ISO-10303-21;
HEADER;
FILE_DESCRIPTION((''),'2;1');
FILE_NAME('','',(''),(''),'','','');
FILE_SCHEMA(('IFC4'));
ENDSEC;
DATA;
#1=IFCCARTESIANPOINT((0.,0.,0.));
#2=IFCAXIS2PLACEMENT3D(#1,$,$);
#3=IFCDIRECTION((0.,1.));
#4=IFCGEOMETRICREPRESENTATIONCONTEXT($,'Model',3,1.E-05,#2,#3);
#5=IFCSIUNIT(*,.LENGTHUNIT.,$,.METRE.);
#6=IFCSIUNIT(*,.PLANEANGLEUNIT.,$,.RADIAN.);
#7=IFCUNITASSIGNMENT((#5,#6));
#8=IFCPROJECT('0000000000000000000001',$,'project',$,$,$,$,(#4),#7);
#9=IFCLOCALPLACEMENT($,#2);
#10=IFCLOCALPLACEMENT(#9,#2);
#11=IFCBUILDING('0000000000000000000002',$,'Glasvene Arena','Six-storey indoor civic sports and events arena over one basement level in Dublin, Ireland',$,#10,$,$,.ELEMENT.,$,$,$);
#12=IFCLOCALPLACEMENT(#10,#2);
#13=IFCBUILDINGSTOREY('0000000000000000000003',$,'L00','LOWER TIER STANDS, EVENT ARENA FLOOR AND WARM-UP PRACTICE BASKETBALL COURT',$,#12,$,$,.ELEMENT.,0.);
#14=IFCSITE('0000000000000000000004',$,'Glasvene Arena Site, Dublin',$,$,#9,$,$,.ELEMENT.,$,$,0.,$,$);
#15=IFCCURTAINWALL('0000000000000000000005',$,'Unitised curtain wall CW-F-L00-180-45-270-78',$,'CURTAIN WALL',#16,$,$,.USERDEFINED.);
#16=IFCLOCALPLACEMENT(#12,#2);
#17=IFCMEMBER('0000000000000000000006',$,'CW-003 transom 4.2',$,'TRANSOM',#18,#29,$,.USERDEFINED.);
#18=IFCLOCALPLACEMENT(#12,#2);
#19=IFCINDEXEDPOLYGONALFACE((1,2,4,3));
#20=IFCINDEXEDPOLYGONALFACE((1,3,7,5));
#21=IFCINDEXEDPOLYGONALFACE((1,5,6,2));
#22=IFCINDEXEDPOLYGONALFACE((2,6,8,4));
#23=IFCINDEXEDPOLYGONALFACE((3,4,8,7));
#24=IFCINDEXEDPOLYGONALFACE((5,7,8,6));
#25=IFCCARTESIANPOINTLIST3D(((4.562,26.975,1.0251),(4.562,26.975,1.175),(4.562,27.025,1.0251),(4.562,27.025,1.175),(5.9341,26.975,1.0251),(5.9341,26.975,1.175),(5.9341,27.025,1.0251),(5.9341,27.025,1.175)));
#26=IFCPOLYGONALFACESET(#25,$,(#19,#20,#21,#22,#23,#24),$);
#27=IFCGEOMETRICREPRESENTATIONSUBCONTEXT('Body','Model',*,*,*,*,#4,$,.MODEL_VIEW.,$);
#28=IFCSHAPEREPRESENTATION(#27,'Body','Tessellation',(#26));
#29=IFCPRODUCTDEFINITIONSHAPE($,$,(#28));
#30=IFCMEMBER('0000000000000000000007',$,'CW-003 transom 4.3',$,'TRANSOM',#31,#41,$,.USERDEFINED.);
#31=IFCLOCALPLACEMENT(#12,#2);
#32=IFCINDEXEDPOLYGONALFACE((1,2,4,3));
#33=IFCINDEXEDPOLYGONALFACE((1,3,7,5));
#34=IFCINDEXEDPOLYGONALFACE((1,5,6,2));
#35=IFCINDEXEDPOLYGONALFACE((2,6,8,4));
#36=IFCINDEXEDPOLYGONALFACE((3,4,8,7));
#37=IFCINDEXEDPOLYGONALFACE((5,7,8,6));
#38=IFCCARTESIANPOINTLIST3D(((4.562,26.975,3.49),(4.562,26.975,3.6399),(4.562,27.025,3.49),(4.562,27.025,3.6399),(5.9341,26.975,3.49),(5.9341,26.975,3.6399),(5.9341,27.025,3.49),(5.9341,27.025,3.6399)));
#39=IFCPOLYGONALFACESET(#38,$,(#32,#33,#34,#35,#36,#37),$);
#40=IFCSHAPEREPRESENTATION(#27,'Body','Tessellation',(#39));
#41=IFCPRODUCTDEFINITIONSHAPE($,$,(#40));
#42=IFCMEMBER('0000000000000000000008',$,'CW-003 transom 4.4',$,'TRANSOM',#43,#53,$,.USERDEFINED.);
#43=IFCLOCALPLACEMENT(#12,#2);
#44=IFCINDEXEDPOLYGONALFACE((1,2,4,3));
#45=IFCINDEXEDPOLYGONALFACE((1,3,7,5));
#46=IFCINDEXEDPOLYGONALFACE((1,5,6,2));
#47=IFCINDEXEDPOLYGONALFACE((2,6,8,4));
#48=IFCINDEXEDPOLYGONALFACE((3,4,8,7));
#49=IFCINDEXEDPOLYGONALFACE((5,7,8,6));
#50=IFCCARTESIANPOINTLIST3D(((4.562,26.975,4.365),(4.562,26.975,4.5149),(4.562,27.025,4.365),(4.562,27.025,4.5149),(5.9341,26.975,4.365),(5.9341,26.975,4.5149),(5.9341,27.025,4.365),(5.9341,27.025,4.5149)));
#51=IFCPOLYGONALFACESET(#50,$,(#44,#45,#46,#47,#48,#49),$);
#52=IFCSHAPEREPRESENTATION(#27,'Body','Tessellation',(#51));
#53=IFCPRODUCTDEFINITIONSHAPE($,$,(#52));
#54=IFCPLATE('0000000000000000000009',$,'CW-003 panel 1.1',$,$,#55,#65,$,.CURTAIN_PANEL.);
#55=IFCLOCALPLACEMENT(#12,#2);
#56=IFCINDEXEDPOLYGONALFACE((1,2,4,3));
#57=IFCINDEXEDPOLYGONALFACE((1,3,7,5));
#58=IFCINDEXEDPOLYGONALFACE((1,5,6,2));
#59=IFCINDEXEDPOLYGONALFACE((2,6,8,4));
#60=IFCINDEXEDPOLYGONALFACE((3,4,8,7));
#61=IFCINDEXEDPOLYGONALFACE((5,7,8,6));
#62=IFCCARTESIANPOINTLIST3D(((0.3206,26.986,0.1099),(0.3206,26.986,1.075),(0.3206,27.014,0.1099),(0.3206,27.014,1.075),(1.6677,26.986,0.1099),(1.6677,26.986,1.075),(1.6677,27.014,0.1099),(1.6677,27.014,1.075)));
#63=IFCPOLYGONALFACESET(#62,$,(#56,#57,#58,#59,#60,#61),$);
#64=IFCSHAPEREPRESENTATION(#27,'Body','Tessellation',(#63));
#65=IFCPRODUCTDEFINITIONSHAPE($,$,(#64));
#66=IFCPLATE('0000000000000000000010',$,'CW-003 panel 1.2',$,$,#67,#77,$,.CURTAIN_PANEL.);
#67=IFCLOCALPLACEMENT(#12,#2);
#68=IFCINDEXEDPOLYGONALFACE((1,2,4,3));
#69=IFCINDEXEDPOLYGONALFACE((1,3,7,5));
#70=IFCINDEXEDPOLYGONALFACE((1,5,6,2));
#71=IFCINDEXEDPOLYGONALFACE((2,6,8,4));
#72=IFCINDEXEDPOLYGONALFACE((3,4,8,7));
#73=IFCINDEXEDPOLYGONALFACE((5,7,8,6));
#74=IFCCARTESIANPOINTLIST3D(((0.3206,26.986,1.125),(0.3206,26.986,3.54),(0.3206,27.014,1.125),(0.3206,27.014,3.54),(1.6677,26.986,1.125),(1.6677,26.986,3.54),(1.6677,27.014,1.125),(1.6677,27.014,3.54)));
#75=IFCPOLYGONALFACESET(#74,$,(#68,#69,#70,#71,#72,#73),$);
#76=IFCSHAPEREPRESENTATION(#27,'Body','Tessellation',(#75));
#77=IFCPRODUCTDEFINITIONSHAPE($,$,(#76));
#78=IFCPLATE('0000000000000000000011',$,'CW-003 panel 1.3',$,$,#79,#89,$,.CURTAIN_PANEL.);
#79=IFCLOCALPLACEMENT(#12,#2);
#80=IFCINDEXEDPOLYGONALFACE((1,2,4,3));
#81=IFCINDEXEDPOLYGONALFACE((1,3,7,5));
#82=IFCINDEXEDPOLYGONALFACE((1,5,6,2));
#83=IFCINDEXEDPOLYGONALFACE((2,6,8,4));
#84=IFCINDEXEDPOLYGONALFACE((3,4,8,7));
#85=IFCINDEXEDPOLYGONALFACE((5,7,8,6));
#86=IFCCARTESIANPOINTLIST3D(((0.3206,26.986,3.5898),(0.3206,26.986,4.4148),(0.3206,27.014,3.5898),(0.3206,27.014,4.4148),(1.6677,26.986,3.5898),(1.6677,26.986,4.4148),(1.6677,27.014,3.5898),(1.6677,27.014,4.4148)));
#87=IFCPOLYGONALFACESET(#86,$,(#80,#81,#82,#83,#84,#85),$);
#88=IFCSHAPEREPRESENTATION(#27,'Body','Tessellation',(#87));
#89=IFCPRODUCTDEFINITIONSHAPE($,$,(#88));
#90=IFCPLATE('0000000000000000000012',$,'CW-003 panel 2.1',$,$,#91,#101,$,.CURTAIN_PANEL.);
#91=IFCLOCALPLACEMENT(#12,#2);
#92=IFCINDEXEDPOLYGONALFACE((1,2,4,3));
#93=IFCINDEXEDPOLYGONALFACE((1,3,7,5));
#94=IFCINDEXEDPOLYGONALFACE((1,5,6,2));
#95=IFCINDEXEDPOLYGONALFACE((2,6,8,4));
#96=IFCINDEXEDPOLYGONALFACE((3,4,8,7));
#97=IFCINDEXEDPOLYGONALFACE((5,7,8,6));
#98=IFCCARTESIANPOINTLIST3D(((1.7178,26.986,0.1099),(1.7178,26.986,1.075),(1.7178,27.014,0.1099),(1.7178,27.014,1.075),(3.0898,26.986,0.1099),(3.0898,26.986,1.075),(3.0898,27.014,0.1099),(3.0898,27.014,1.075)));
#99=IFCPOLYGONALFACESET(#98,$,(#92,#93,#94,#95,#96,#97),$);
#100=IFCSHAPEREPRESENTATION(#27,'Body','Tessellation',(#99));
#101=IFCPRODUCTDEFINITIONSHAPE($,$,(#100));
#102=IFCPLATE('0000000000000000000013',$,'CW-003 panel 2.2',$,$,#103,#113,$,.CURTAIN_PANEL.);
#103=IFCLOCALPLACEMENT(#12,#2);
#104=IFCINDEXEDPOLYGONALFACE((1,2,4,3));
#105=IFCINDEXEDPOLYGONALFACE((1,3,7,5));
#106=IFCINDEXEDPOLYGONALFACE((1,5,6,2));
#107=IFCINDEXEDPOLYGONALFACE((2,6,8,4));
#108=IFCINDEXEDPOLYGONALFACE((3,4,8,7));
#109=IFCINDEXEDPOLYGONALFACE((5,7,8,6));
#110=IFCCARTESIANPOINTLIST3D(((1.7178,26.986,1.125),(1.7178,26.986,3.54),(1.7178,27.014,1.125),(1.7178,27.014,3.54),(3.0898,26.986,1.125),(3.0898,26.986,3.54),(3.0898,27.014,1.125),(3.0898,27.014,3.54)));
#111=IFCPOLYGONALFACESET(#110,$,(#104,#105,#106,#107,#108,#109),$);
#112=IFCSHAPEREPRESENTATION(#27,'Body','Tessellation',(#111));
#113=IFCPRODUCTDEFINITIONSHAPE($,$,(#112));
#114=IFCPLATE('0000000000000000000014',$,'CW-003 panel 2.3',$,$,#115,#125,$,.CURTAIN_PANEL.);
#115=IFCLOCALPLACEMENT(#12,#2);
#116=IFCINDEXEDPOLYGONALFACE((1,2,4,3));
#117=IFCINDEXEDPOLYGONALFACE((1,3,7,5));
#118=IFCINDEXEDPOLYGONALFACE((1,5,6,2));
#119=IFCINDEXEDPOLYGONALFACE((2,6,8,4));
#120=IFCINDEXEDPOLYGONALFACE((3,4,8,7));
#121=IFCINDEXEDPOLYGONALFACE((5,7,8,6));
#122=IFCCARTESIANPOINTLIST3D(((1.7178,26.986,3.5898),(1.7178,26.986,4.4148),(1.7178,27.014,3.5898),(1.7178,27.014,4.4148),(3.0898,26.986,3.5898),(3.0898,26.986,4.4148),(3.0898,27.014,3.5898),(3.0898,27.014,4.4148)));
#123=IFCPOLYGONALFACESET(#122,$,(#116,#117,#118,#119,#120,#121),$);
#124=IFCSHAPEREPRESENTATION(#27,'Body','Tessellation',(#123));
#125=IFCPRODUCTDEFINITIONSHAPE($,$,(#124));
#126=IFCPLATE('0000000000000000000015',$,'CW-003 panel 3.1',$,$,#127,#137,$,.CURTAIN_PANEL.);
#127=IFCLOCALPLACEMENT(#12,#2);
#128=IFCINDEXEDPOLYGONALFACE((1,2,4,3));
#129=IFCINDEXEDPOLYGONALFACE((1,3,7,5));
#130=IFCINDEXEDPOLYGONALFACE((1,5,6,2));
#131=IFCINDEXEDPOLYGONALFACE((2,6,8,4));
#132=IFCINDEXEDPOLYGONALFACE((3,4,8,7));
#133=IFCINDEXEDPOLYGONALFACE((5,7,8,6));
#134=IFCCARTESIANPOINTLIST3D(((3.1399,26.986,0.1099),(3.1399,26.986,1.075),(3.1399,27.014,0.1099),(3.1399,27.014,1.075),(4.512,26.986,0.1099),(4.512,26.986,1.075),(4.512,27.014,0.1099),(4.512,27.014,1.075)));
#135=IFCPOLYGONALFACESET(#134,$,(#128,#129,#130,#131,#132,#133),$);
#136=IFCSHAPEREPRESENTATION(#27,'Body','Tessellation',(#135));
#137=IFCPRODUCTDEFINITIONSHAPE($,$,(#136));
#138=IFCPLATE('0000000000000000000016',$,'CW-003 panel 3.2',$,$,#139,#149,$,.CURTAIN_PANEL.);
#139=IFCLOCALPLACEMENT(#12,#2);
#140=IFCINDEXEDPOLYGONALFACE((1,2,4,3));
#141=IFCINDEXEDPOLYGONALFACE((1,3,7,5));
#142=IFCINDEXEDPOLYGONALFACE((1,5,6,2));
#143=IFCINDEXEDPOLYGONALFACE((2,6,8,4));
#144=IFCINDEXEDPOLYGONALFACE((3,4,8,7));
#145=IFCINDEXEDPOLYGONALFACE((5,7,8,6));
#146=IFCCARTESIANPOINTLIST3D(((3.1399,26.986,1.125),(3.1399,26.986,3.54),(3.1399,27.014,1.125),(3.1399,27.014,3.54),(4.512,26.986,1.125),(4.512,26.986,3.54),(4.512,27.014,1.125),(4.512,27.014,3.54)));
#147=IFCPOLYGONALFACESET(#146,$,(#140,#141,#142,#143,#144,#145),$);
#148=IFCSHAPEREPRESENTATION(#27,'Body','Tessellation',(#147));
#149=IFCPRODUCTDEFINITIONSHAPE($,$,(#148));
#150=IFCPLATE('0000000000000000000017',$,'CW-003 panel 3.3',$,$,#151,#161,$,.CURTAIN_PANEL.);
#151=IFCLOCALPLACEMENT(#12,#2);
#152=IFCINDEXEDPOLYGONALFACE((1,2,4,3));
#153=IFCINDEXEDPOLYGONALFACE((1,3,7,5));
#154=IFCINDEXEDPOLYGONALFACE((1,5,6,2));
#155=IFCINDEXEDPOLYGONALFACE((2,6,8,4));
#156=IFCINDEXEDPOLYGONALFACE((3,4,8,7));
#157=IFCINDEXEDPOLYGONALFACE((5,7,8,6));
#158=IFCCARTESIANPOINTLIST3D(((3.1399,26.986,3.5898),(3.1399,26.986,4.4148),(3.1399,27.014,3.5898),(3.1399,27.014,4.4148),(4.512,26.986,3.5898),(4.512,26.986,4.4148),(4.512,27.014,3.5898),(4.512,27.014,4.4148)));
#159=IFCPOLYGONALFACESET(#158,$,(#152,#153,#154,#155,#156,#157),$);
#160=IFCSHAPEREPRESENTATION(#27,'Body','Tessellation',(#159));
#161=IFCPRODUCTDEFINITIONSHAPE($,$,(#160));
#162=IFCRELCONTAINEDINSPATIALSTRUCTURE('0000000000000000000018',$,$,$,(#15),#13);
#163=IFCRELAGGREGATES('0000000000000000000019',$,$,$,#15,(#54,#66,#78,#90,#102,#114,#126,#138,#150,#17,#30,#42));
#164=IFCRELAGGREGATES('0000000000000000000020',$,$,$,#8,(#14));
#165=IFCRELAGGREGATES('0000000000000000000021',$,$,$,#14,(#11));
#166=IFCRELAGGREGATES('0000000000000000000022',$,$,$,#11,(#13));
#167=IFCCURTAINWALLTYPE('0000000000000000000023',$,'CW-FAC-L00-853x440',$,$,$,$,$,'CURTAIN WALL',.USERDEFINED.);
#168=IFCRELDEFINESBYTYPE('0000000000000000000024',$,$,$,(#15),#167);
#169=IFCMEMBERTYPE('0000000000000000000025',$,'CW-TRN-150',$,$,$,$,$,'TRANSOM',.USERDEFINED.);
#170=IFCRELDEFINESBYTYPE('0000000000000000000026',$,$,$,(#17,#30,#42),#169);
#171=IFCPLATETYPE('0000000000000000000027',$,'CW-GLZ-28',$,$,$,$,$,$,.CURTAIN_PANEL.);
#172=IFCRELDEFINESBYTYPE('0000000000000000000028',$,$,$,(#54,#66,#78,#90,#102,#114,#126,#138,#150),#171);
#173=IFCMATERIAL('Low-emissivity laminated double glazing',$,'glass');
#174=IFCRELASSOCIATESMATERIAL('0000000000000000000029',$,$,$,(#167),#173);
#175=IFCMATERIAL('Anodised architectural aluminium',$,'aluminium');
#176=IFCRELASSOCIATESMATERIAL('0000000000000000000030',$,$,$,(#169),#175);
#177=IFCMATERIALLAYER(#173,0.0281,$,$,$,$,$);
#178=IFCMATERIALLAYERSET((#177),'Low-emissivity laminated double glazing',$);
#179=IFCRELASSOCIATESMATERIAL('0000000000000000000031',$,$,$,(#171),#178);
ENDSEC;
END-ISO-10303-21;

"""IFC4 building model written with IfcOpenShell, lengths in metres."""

from ifc_helpers import new_model, si_unit, direction, frame, origin, origin_2d, place, context, subcontext, project, spatial, rectangle, extrude, material, layer, layer_set, material_profile, profile_set, type_object, element, aggregate, save


model = new_model("IFC4")

# Units and contexts
model_context = context("Model", 3, precision=1e-05, world=origin(), true_north=direction((0.0, 1.0)))
body_context = subcontext(model_context, "Body", "Model", "MODEL_VIEW")
ifc_project = project(units=[si_unit("LENGTHUNIT", "METRE"), si_unit("PLANEANGLEUNIT", "RADIAN")], contexts=[model_context])

# Site, building, storey
site_placement = place(None, origin())
site = spatial("IfcSite", under=ifc_project, at=site_placement, Name="Glasvene Arena Site, Dublin", CompositionType="ELEMENT", RefElevation=0.0)
building_placement = place(site_placement, origin())
building = spatial("IfcBuilding", under=site, at=building_placement, Name="Glasvene Arena", Description="Six-storey indoor civic sports and events arena over one basement level in Dublin, Ireland", CompositionType="ELEMENT")
storey_placement = place(building_placement, origin())
storey = spatial("IfcBuildingStorey", under=building, at=storey_placement, Name="L00", Description="LOWER TIER STANDS, EVENT ARENA FLOOR AND WARM-UP PRACTICE BASKETBALL COURT", CompositionType="ELEMENT", Elevation=0.0)

# Curtain wall, members, plates
ifc_material_1 = material(Name="Low-emissivity laminated double glazing", Category="glass")
curtain_wall_type = type_object("IfcCurtainWallType", Name="CW-FAC-L00-853x440", ElementType="CURTAIN WALL", PredefinedType="USERDEFINED", material=ifc_material_1)
curtain_wall_placement = place(storey_placement, frame((0.2705, 27.0, 0.0)))
curtain_wall = element("IfcCurtainWall", 1, at=curtain_wall_placement, inside=storey, type_object=curtain_wall_type, Name="Unitised curtain wall CW-F-L00-180-45-270-78", ObjectType="CURTAIN WALL", PredefinedType="USERDEFINED")
ifc_material_2 = material(Name="Anodised architectural aluminium", Category="aluminium")
ifc_material_profile_1 = material_profile(ifc_material_2, rectangle(XDim=0.05, YDim=0.1499, at=origin_2d()), Name="ALU TRANSOM 50x150")
ifc_profile_set_1 = profile_set([ifc_material_profile_1], Name="Anodised architectural aluminium")
member_type_1 = type_object("IfcMemberType", Name="CW-TRN-150", ElementType="TRANSOM", PredefinedType="USERDEFINED", material=ifc_profile_set_1)
member_1_placement = place(storey_placement, frame((4.562, 27.0, 1.1001), z_axis=(1.0, 0.0, 0.0), x_axis=(0.0, 1.0, 0.0)))
member_1 = element("IfcMember", 2, at=member_1_placement, type_object=member_type_1, Name="CW-003 transom 4.2", ObjectType="TRANSOM", PredefinedType="USERDEFINED", context=body_context, shape_type="SweptSolid", body=[
    extrude(rectangle(XDim=0.05, YDim=0.1499, at=origin_2d()), origin(), (0.0, 0.0, 1.0), 1.3721),
])
member_2_placement = place(storey_placement, frame((4.562, 27.0, 3.5649), z_axis=(1.0, 0.0, 0.0), x_axis=(0.0, 1.0, 0.0)))
member_2 = element("IfcMember", 3, at=member_2_placement, type_object=member_type_1, Name="CW-003 transom 4.3", ObjectType="TRANSOM", PredefinedType="USERDEFINED", context=body_context, shape_type="SweptSolid", body=[
    extrude(rectangle(XDim=0.05, YDim=0.1499, at=origin_2d()), origin(), (0.0, 0.0, 1.0), 1.3721),
])
member_3_placement = place(storey_placement, frame((4.562, 27.0, 4.4399), z_axis=(1.0, 0.0, 0.0), x_axis=(0.0, 1.0, 0.0)))
member_3 = element("IfcMember", 4, at=member_3_placement, type_object=member_type_1, Name="CW-003 transom 4.4", ObjectType="TRANSOM", PredefinedType="USERDEFINED", context=body_context, shape_type="SweptSolid", body=[
    extrude(rectangle(XDim=0.05, YDim=0.1499, at=origin_2d()), origin(), (0.0, 0.0, 1.0), 1.3721),
])
ifc_layer = layer(ifc_material_1, 0.0281)
ifc_layer_set = layer_set([ifc_layer], Name="Low-emissivity laminated double glazing")
plate_type = type_object("IfcPlateType", Name="CW-GLZ-28", PredefinedType="CURTAIN_PANEL", material=ifc_layer_set)
plate_1_placement = place(storey_placement, frame((0.9941, 27.0, 0.1099), z_axis=(0.0, 0.0, 1.0), x_axis=(1.0, 0.0, 0.0)))
plate_1 = element("IfcPlate", 5, at=plate_1_placement, type_object=plate_type, Name="CW-003 panel 1.1", PredefinedType="CURTAIN_PANEL", context=body_context, shape_type="SweptSolid", body=[
    extrude(rectangle(XDim=1.3472, YDim=0.0281, at=origin_2d()), origin(), (0.0, 0.0, 1.0), 0.9651),
])
plate_2_placement = place(storey_placement, frame((0.9941, 27.0, 1.125), z_axis=(0.0, 0.0, 1.0), x_axis=(1.0, 0.0, 0.0)))
plate_2 = element("IfcPlate", 6, at=plate_2_placement, type_object=plate_type, Name="CW-003 panel 1.2", PredefinedType="CURTAIN_PANEL", context=body_context, shape_type="SweptSolid", body=[
    extrude(rectangle(XDim=1.3472, YDim=0.0281, at=origin_2d()), origin(), (0.0, 0.0, 1.0), 2.415),
])
plate_3_placement = place(storey_placement, frame((0.9941, 27.0, 3.5898), z_axis=(0.0, 0.0, 1.0), x_axis=(1.0, 0.0, 0.0)))
plate_3 = element("IfcPlate", 7, at=plate_3_placement, type_object=plate_type, Name="CW-003 panel 1.3", PredefinedType="CURTAIN_PANEL", context=body_context, shape_type="SweptSolid", body=[
    extrude(rectangle(XDim=1.3472, YDim=0.0281, at=origin_2d()), origin(), (0.0, 0.0, 1.0), 0.825),
])
plate_4_placement = place(storey_placement, frame((2.4038, 27.0, 0.1099), z_axis=(0.0, 0.0, 1.0), x_axis=(1.0, 0.0, 0.0)))
plate_4 = element("IfcPlate", 8, at=plate_4_placement, type_object=plate_type, Name="CW-003 panel 2.1", PredefinedType="CURTAIN_PANEL", context=body_context, shape_type="SweptSolid", body=[
    extrude(rectangle(XDim=1.3721, YDim=0.0281, at=origin_2d()), origin(), (0.0, 0.0, 1.0), 0.9651),
])
plate_5_placement = place(storey_placement, frame((2.4038, 27.0, 1.125), z_axis=(0.0, 0.0, 1.0), x_axis=(1.0, 0.0, 0.0)))
plate_5 = element("IfcPlate", 9, at=plate_5_placement, type_object=plate_type, Name="CW-003 panel 2.2", PredefinedType="CURTAIN_PANEL", context=body_context, shape_type="SweptSolid", body=[
    extrude(rectangle(XDim=1.3721, YDim=0.0281, at=origin_2d()), origin(), (0.0, 0.0, 1.0), 2.415),
])
plate_6_placement = place(storey_placement, frame((2.4038, 27.0, 3.5898), z_axis=(0.0, 0.0, 1.0), x_axis=(1.0, 0.0, 0.0)))
plate_6 = element("IfcPlate", 10, at=plate_6_placement, type_object=plate_type, Name="CW-003 panel 2.3", PredefinedType="CURTAIN_PANEL", context=body_context, shape_type="SweptSolid", body=[
    extrude(rectangle(XDim=1.3721, YDim=0.0281, at=origin_2d()), origin(), (0.0, 0.0, 1.0), 0.825),
])
plate_7_placement = place(storey_placement, frame((3.8259, 27.0, 0.1099), z_axis=(0.0, 0.0, 1.0), x_axis=(1.0, 0.0, 0.0)))
plate_7 = element("IfcPlate", 11, at=plate_7_placement, type_object=plate_type, Name="CW-003 panel 3.1", PredefinedType="CURTAIN_PANEL", context=body_context, shape_type="SweptSolid", body=[
    extrude(rectangle(XDim=1.3721, YDim=0.0281, at=origin_2d()), origin(), (0.0, 0.0, 1.0), 0.9651),
])
plate_8_placement = place(storey_placement, frame((3.8259, 27.0, 1.125), z_axis=(0.0, 0.0, 1.0), x_axis=(1.0, 0.0, 0.0)))
plate_8 = element("IfcPlate", 12, at=plate_8_placement, type_object=plate_type, Name="CW-003 panel 3.2", PredefinedType="CURTAIN_PANEL", context=body_context, shape_type="SweptSolid", body=[
    extrude(rectangle(XDim=1.3721, YDim=0.0281, at=origin_2d()), origin(), (0.0, 0.0, 1.0), 2.415),
])
plate_9_placement = place(storey_placement, frame((3.8259, 27.0, 3.5898), z_axis=(0.0, 0.0, 1.0), x_axis=(1.0, 0.0, 0.0)))
plate_9 = element("IfcPlate", 13, at=plate_9_placement, type_object=plate_type, Name="CW-003 panel 3.3", PredefinedType="CURTAIN_PANEL", context=body_context, shape_type="SweptSolid", body=[
    extrude(rectangle(XDim=1.3721, YDim=0.0281, at=origin_2d()), origin(), (0.0, 0.0, 1.0), 0.825),
])
aggregate(curtain_wall, [plate_1, plate_2, plate_3, plate_4, plate_5, plate_6, plate_7, plate_8, plate_9, member_1, member_2, member_3])

save(model, "model.ifc")
